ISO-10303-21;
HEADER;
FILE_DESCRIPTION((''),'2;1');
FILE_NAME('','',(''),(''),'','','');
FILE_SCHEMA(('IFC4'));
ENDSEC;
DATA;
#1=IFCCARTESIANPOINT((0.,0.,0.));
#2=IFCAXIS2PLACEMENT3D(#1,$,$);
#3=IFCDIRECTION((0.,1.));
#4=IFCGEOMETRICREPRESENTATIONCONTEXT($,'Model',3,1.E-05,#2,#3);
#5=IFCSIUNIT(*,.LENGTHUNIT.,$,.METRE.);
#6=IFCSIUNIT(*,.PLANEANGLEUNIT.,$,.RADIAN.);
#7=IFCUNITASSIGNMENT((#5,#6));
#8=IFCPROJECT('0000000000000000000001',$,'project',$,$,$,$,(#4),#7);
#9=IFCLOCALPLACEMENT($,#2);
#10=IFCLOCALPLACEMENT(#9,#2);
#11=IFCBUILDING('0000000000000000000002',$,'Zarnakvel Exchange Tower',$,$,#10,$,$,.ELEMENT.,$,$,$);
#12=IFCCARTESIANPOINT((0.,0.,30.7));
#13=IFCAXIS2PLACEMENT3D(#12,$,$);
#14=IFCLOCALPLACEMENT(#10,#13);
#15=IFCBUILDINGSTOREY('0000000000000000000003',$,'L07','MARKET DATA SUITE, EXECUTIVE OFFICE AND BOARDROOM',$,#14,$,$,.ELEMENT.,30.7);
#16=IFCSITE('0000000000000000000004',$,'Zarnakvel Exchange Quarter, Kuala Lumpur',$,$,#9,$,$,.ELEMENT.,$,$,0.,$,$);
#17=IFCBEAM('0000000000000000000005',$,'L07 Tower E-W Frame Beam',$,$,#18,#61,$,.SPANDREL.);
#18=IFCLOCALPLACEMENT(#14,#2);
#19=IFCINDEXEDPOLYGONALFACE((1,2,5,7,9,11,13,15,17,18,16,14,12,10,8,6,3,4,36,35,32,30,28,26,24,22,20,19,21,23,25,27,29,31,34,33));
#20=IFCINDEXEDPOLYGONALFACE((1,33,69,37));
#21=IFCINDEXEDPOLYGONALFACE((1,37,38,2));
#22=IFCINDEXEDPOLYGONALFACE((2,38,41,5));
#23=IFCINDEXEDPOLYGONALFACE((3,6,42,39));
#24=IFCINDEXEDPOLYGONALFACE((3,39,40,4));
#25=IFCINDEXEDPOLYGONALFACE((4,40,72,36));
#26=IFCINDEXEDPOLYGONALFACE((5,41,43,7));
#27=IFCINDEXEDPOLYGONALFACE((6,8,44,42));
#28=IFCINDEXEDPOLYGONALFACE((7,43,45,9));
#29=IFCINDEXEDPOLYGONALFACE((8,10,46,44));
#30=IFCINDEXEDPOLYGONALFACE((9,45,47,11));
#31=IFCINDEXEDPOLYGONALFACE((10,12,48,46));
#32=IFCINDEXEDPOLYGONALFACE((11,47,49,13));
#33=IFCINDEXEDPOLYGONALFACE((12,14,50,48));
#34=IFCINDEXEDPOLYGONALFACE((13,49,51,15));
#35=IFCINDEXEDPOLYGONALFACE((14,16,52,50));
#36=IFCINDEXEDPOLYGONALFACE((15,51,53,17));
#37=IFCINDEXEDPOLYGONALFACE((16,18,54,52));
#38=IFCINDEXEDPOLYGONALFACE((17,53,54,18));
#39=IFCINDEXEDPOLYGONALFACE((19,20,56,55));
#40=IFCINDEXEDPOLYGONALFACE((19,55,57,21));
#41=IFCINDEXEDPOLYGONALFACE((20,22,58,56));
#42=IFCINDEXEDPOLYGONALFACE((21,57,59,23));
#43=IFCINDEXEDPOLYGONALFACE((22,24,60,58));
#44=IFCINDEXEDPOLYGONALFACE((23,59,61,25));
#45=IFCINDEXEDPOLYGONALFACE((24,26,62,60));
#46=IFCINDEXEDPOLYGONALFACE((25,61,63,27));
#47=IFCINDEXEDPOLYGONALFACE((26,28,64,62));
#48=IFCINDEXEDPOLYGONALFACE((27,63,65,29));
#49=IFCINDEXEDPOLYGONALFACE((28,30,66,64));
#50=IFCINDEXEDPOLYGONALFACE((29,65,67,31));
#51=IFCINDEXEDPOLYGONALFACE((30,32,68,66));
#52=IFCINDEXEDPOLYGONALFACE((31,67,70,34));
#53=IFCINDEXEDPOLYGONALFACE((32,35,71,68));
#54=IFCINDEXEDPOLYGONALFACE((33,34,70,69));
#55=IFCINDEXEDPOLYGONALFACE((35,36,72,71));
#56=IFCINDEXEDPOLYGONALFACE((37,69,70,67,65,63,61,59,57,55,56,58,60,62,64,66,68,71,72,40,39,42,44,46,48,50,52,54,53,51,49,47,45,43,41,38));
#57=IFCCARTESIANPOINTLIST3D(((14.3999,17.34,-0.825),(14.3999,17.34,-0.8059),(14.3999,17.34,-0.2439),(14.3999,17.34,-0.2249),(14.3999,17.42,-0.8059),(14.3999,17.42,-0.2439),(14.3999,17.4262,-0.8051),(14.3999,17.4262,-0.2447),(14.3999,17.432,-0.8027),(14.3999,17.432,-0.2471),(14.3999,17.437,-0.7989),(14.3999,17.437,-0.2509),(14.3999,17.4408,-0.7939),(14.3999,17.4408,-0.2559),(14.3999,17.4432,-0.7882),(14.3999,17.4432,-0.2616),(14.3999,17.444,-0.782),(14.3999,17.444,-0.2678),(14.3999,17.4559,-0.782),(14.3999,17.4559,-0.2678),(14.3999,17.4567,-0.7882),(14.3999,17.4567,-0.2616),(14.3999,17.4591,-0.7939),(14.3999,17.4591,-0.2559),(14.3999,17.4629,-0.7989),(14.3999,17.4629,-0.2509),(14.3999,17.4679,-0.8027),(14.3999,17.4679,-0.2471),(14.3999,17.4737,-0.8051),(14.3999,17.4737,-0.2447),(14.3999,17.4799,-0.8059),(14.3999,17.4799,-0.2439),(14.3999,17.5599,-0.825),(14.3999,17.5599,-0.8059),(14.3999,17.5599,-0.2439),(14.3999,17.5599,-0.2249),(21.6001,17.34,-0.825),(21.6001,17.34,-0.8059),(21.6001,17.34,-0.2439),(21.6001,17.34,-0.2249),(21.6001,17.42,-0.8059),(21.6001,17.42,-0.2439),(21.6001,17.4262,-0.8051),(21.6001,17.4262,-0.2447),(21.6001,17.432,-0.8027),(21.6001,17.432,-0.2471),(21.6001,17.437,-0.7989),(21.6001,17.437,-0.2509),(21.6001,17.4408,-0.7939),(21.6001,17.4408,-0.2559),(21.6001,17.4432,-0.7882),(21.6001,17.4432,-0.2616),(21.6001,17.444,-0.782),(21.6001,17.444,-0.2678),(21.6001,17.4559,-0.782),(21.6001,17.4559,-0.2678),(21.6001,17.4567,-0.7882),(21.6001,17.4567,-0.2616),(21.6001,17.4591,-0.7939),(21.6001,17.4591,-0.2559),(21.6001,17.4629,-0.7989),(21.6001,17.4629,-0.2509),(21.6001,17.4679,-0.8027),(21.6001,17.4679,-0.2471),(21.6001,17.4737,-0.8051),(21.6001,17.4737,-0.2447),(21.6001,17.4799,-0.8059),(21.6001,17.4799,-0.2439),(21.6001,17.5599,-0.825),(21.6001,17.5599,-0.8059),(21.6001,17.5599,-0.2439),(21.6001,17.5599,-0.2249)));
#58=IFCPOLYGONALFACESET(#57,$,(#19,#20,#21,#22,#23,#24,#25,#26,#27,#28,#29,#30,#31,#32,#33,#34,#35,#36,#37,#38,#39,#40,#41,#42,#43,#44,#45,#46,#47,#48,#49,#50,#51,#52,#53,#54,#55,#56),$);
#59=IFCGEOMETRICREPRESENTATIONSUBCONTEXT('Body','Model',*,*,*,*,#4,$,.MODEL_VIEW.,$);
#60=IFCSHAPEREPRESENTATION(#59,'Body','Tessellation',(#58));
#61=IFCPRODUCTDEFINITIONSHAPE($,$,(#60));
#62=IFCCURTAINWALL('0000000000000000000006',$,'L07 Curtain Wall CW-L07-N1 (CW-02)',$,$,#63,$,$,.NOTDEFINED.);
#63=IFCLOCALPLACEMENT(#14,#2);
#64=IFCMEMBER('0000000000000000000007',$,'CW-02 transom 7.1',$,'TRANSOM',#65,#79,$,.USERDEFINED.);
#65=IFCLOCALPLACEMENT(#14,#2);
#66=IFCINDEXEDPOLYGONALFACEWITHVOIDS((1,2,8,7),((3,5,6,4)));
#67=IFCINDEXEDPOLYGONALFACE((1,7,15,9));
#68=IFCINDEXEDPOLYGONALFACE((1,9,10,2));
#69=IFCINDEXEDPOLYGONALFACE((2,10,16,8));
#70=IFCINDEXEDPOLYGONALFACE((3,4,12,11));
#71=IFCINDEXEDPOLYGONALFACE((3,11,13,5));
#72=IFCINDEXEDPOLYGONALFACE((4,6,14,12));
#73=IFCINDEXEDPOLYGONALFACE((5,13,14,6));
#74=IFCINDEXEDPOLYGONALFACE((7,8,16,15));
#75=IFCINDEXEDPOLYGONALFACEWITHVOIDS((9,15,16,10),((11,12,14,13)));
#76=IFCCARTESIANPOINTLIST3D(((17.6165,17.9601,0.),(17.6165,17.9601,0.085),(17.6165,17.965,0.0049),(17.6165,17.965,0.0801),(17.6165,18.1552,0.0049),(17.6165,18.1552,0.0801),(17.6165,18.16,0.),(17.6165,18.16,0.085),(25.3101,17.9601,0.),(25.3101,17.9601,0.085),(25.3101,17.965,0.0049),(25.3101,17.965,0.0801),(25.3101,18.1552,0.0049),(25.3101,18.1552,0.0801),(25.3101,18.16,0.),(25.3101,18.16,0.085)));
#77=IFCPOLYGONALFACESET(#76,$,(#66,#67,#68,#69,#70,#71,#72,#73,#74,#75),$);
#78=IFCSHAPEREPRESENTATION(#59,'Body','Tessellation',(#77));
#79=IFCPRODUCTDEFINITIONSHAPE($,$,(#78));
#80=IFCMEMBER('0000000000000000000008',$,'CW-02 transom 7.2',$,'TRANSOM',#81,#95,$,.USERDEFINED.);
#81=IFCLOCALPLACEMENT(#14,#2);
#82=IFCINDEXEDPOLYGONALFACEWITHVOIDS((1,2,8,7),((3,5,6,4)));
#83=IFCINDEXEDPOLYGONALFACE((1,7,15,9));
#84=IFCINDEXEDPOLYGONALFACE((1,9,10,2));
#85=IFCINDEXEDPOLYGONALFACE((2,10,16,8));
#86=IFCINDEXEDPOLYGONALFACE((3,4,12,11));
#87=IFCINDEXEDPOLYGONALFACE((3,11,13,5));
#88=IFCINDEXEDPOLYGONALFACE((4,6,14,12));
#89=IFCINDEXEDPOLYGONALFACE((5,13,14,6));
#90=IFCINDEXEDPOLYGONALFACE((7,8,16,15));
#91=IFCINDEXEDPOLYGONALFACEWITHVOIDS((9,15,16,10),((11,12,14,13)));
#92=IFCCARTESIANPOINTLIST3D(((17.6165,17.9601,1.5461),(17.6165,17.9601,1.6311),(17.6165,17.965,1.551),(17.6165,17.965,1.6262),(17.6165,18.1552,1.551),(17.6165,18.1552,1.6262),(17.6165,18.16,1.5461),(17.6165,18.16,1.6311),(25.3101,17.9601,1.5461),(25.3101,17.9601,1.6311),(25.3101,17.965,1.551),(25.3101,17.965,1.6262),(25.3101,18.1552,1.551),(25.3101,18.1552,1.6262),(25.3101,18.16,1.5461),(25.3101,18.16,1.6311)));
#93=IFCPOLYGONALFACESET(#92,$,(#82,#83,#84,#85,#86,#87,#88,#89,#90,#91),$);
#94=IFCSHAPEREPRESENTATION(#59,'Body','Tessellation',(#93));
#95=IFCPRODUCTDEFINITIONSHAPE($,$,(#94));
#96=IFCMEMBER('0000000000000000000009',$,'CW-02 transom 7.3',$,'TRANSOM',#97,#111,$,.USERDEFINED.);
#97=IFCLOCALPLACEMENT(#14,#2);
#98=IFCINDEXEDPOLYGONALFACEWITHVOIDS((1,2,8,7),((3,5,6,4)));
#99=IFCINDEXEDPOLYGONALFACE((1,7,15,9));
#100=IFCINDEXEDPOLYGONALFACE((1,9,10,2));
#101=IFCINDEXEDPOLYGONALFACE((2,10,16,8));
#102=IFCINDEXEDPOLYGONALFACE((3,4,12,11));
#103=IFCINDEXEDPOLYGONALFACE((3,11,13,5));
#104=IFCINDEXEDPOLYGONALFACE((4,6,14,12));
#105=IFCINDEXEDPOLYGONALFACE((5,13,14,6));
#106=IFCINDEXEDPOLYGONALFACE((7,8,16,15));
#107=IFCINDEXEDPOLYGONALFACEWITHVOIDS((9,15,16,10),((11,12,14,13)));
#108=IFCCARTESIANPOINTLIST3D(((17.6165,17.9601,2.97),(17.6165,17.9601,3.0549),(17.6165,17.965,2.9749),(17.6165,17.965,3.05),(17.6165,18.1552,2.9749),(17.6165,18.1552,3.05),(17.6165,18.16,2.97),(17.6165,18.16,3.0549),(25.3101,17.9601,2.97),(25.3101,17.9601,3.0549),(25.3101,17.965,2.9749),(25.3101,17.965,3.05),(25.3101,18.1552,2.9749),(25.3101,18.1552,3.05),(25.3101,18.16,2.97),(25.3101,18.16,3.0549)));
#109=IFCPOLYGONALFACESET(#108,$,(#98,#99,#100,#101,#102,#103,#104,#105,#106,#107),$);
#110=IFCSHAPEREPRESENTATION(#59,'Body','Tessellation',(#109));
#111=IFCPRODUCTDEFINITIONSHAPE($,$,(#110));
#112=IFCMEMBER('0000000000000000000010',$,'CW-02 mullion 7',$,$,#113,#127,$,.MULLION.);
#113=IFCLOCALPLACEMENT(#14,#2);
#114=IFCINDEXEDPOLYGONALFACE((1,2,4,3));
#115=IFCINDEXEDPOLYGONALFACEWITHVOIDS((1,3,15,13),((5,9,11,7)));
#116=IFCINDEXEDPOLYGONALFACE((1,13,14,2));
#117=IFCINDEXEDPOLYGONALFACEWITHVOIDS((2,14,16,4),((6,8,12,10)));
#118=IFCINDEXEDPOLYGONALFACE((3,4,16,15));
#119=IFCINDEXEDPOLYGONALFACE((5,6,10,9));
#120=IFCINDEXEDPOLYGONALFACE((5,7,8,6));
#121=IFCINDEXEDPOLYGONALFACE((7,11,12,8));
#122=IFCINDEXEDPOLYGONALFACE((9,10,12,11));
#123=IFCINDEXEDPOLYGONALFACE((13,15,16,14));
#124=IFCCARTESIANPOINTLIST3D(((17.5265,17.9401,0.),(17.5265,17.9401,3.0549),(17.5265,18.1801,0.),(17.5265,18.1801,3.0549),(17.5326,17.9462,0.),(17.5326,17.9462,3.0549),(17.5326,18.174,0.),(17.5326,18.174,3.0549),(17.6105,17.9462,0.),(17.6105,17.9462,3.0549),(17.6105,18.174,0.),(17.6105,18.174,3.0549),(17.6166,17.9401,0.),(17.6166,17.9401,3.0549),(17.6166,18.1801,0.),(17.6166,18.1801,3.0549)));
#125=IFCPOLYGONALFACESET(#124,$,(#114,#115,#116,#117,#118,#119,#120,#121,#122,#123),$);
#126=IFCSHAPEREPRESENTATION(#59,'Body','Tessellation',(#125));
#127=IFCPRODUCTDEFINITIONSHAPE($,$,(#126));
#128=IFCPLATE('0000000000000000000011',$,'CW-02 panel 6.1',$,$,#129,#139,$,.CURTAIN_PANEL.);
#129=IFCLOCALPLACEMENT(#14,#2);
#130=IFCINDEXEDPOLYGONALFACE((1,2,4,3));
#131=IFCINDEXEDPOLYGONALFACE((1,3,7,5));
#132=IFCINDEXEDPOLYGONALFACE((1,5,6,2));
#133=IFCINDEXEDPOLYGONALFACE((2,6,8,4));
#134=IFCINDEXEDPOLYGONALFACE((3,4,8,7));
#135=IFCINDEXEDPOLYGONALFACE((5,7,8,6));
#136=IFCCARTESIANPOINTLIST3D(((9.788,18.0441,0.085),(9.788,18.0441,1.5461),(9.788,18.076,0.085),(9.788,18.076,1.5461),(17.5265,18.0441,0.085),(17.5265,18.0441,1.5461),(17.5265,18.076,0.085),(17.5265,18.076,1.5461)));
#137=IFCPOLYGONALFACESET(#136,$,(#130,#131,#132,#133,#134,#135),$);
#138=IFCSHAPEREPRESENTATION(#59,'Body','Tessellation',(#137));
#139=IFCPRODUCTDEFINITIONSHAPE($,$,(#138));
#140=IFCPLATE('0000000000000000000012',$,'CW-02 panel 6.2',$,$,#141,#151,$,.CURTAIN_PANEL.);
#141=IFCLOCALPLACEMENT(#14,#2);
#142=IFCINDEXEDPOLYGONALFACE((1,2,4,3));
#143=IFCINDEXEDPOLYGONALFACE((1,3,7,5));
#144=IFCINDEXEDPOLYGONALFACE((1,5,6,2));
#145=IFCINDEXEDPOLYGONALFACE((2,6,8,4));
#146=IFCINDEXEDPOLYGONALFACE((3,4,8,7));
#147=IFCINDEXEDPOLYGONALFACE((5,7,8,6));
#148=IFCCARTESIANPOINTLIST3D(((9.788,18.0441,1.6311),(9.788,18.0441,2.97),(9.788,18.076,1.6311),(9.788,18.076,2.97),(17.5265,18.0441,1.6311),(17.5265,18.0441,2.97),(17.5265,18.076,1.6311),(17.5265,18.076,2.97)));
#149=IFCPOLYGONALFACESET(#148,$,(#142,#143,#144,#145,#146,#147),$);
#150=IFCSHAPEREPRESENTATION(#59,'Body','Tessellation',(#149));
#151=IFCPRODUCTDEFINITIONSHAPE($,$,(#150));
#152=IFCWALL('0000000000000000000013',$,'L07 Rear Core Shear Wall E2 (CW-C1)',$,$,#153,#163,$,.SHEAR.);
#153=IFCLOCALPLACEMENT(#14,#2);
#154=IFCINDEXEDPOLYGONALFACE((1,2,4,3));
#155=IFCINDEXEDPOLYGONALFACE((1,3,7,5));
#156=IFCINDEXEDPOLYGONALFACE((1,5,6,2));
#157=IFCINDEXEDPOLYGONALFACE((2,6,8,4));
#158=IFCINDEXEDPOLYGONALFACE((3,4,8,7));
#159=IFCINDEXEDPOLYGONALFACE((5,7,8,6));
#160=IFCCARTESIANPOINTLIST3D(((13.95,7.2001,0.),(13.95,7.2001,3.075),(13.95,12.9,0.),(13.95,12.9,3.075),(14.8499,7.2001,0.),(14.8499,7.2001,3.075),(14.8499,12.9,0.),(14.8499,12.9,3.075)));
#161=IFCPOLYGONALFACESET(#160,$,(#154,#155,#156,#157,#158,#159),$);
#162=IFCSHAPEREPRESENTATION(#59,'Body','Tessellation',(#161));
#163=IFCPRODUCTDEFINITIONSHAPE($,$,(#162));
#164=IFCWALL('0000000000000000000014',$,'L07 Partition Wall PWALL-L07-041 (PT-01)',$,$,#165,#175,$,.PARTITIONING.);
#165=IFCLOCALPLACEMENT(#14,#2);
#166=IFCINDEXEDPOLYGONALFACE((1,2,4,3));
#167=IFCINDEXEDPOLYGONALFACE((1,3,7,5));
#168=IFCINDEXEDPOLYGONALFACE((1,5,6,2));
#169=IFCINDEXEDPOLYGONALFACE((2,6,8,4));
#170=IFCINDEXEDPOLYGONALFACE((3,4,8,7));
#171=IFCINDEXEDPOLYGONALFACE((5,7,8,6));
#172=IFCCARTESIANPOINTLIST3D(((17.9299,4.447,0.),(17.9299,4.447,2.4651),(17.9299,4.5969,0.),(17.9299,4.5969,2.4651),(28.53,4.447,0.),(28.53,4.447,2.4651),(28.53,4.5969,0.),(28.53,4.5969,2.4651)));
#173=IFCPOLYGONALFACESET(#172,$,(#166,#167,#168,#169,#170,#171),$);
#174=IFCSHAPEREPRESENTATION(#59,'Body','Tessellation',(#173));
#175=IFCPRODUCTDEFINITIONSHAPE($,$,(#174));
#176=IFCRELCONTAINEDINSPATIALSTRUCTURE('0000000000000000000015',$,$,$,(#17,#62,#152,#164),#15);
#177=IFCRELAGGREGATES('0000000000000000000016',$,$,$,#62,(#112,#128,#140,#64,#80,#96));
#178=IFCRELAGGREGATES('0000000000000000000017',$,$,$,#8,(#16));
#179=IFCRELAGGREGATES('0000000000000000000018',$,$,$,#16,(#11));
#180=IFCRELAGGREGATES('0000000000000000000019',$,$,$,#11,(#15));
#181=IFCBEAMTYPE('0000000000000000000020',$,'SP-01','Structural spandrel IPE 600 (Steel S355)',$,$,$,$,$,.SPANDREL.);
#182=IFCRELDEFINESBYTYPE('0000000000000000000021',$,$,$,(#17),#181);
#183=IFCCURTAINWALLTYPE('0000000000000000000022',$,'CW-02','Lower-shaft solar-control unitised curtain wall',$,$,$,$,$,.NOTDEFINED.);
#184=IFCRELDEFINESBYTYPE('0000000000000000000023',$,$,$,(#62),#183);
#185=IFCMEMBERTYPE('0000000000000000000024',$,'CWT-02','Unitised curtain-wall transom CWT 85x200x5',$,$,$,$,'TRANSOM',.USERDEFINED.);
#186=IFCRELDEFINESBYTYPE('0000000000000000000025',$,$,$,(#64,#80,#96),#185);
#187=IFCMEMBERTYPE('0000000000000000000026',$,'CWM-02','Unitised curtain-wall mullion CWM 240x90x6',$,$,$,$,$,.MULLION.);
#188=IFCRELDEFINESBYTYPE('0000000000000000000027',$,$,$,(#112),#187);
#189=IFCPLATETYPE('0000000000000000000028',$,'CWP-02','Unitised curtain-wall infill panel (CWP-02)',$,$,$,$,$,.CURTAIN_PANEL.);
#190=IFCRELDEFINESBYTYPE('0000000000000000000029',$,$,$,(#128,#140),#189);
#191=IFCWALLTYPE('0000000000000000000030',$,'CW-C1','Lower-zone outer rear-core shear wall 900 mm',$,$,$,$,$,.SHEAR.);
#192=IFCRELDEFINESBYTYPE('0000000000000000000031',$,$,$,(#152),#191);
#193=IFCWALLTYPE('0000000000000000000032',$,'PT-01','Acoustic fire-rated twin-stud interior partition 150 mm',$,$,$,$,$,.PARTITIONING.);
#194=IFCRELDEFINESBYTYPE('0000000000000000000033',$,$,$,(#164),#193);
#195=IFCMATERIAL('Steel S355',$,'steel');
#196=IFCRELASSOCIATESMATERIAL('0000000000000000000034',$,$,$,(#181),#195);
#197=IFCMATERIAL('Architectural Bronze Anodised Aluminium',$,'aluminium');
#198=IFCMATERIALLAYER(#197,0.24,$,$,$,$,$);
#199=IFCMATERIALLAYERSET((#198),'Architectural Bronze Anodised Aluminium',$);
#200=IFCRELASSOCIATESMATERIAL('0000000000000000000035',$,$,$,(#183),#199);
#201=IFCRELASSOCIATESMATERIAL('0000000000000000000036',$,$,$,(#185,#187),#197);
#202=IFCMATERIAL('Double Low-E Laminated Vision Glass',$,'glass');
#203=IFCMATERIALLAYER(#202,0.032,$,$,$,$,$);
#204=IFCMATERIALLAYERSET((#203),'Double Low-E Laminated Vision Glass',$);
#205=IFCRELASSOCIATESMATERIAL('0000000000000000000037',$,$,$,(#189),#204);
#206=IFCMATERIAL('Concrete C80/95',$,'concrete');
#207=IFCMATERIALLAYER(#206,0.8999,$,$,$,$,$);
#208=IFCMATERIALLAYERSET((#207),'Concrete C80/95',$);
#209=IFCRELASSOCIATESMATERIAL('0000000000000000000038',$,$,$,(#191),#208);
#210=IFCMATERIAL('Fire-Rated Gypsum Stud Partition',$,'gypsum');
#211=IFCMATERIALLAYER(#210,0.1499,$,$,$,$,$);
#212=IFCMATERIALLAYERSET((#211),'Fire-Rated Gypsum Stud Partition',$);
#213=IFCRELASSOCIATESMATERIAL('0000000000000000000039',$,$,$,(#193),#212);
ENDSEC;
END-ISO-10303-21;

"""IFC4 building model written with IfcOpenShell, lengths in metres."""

from ifc_helpers import new_model, si_unit, direction, frame, frame_2d, origin, origin_2d, place, context, subcontext, project, spatial, rectangle, hollow_rectangle, i_section, extrude, source, transform, mapped, material, layer, layer_set, material_profile, profile_set, type_object, element, aggregate, save


model = new_model("IFC4")

# Units and contexts
model_context = context("Model", 3, precision=1e-05, world=origin(), true_north=direction((0.0, 1.0)))
body_context = subcontext(model_context, "Body", "Model", "MODEL_VIEW")
ifc_project = project(units=[si_unit("LENGTHUNIT", "METRE"), si_unit("PLANEANGLEUNIT", "RADIAN")], contexts=[model_context])

# Site, building, storey
site_placement = place(None, origin())
site = spatial("IfcSite", under=ifc_project, at=site_placement, Name="Zarnakvel Exchange Quarter, Kuala Lumpur", CompositionType="ELEMENT", RefElevation=0.0)
building_placement = place(site_placement, origin())
building = spatial("IfcBuilding", under=site, at=building_placement, Name="Zarnakvel Exchange Tower", CompositionType="ELEMENT")
storey_placement = place(building_placement, frame((0.0, 0.0, 30.7)))
storey = spatial("IfcBuildingStorey", under=building, at=storey_placement, Name="L07", Description="MARKET DATA SUITE, EXECUTIVE OFFICE AND BOARDROOM", CompositionType="ELEMENT", Elevation=30.7)

# Shared definitions
ifc_material_1 = material(Name="Concrete C80/95", Category="concrete")

# Beam
ifc_material_2 = material(Name="Steel S355", Category="steel")
ifc_material_profile_1 = material_profile(ifc_material_2, i_section(OverallWidth=0.22, OverallDepth=0.6001, WebThickness=0.012, FlangeThickness=0.019, FilletRadius=0.0239, at=origin_2d()))
ifc_profile_set_1 = profile_set([ifc_material_profile_1], Name="Steel S355")
beam_type_1 = type_object("IfcBeamType", Name="SP-01", Description="Structural spandrel IPE 600 (Steel S355)", PredefinedType="SPANDREL", material=ifc_profile_set_1)
beam_1_placement = place(storey_placement, frame((14.3999, 17.45, -0.5249), z_axis=(1.0, 0.0, 0.0), x_axis=(0.0, 1.0, 0.0)))
element("IfcBeam", 1, at=beam_1_placement, inside=storey, type_object=beam_type_1, Name="L07 Tower E-W Frame Beam", PredefinedType="SPANDREL", context=body_context, shape_type="SweptSolid", body=[
    extrude(i_section(OverallWidth=0.22, OverallDepth=0.6001, WebThickness=0.012, FlangeThickness=0.019, FilletRadius=0.0239, at=origin_2d()), origin(), (0.0, 0.0, 1.0), 7.2002),
])

# Curtain wall, members, plates
ifc_material_3 = material(Name="Architectural Bronze Anodised Aluminium", Category="aluminium")
ifc_layer_1 = layer(ifc_material_3, 0.24)
ifc_layer_set_1 = layer_set([ifc_layer_1], Name="Architectural Bronze Anodised Aluminium")
curtain_wall_type = type_object("IfcCurtainWallType", Name="CW-02", Description="Lower-shaft solar-control unitised curtain wall", PredefinedType="NOTDEFINED", material=ifc_layer_set_1)
curtain_wall_placement = place(storey_placement, origin())
curtain_wall = element("IfcCurtainWall", 2, at=curtain_wall_placement, inside=storey, type_object=curtain_wall_type, Name="L07 Curtain Wall CW-L07-N1 (CW-02)", PredefinedType="NOTDEFINED")
ifc_material_profile_2 = material_profile(ifc_material_3, hollow_rectangle(XDim=0.2, YDim=0.085, WallThickness=0.0049, at=origin_2d()))
ifc_profile_set_2 = profile_set([ifc_material_profile_2], Name="Architectural Bronze Anodised Aluminium")
member_type_1 = type_object("IfcMemberType", Name="CWT-02", Description="Unitised curtain-wall transom CWT 85x200x5", ElementType="TRANSOM", PredefinedType="USERDEFINED", material=ifc_profile_set_2)
shared_shape_1 = source(origin(), body_context, "Body", "SweptSolid", [
    extrude(hollow_rectangle(XDim=0.2, YDim=0.085, WallThickness=0.0049, at=origin_2d()), origin(), (0.0, 0.0, 1.0), 7.6936),
])
member_1_placement = place(storey_placement, frame((17.6165, 18.0601, 0.0425), z_axis=(1.0, 0.0, 0.0), x_axis=(0.0, 1.0, 0.0)))
member_1 = element("IfcMember", 3, at=member_1_placement, type_object=member_type_1, Name="CW-02 transom 7.1", ObjectType="TRANSOM", PredefinedType="USERDEFINED", context=body_context, shape_type="MappedRepresentation", body=[
    mapped(shared_shape_1, transform((0.0, 0.0, 0.0), x_axis=(1.0, 0.0, 0.0), y_axis=(0.0, 1.0, 0.0), z_axis=(0.0, 0.0, 1.0), scale=1.0)),
])
member_2_placement = place(storey_placement, frame((17.6165, 18.0601, 1.5886), z_axis=(1.0, 0.0, 0.0), x_axis=(0.0, 1.0, 0.0)))
member_2 = element("IfcMember", 4, at=member_2_placement, type_object=member_type_1, Name="CW-02 transom 7.2", ObjectType="TRANSOM", PredefinedType="USERDEFINED", context=body_context, shape_type="MappedRepresentation", body=[
    mapped(shared_shape_1, transform((0.0, 0.0, 0.0), x_axis=(1.0, 0.0, 0.0), y_axis=(0.0, 1.0, 0.0), z_axis=(0.0, 0.0, 1.0), scale=1.0)),
])
member_3_placement = place(storey_placement, frame((17.6165, 18.0601, 3.0125), z_axis=(1.0, 0.0, 0.0), x_axis=(0.0, 1.0, 0.0)))
member_3 = element("IfcMember", 5, at=member_3_placement, type_object=member_type_1, Name="CW-02 transom 7.3", ObjectType="TRANSOM", PredefinedType="USERDEFINED", context=body_context, shape_type="MappedRepresentation", body=[
    mapped(shared_shape_1, transform((0.0, 0.0, 0.0), x_axis=(1.0, 0.0, 0.0), y_axis=(0.0, 1.0, 0.0), z_axis=(0.0, 0.0, 1.0), scale=1.0)),
])
ifc_material_profile_3 = material_profile(ifc_material_3, hollow_rectangle(XDim=0.24, YDim=0.0901, WallThickness=0.0061, at=origin_2d()))
ifc_profile_set_3 = profile_set([ifc_material_profile_3], Name="Architectural Bronze Anodised Aluminium")
member_type_2 = type_object("IfcMemberType", Name="CWM-02", Description="Unitised curtain-wall mullion CWM 240x90x6", PredefinedType="MULLION", material=ifc_profile_set_3)
shared_shape_2 = source(origin(), body_context, "Body", "SweptSolid", [
    extrude(hollow_rectangle(XDim=0.24, YDim=0.0901, WallThickness=0.0061, at=origin_2d()), origin(), (0.0, 0.0, 1.0), 3.0549),
])
member_4_placement = place(storey_placement, frame((17.5715, 18.0601, 0.0), z_axis=(0.0, 0.0, 1.0), x_axis=(0.0, 1.0, 0.0)))
member_4 = element("IfcMember", 6, at=member_4_placement, type_object=member_type_2, Name="CW-02 mullion 7", PredefinedType="MULLION", context=body_context, shape_type="MappedRepresentation", body=[
    mapped(shared_shape_2, transform((0.0, 0.0, 0.0), x_axis=(1.0, 0.0, 0.0), y_axis=(0.0, 1.0, 0.0), z_axis=(0.0, 0.0, 1.0), scale=1.0)),
])
ifc_material_4 = material(Name="Double Low-E Laminated Vision Glass", Category="glass")
ifc_layer_2 = layer(ifc_material_4, 0.032)
ifc_layer_set_2 = layer_set([ifc_layer_2], Name="Double Low-E Laminated Vision Glass")
plate_type = type_object("IfcPlateType", Name="CWP-02", Description="Unitised curtain-wall infill panel (CWP-02)", PredefinedType="CURTAIN_PANEL", material=ifc_layer_set_2)
shared_shape_3 = source(origin(), body_context, "Body", "SweptSolid", [
    extrude(rectangle(XDim=7.7385, YDim=0.032, at=origin_2d()), origin(), (0.0, 0.0, 1.0), 1.4612),
])
plate_1_placement = place(storey_placement, frame((13.6572, 18.0601, 0.085), z_axis=(0.0, 0.0, 1.0), x_axis=(1.0, 0.0, 0.0)))
plate_1 = element("IfcPlate", 7, at=plate_1_placement, type_object=plate_type, Name="CW-02 panel 6.1", PredefinedType="CURTAIN_PANEL", context=body_context, shape_type="MappedRepresentation", body=[
    mapped(shared_shape_3, transform((0.0, 0.0, 0.0), x_axis=(1.0, 0.0, 0.0), y_axis=(0.0, 1.0, 0.0), z_axis=(0.0, 0.0, 1.0), scale=1.0)),
])
shared_shape_4 = source(origin(), body_context, "Body", "SweptSolid", [
    extrude(rectangle(XDim=7.7385, YDim=0.032, at=origin_2d()), origin(), (0.0, 0.0, 1.0), 1.3389),
])
plate_2_placement = place(storey_placement, frame((13.6572, 18.0601, 1.6311), z_axis=(0.0, 0.0, 1.0), x_axis=(1.0, 0.0, 0.0)))
plate_2 = element("IfcPlate", 8, at=plate_2_placement, type_object=plate_type, Name="CW-02 panel 6.2", PredefinedType="CURTAIN_PANEL", context=body_context, shape_type="MappedRepresentation", body=[
    mapped(shared_shape_4, transform((0.0, 0.0, 0.0), x_axis=(1.0, 0.0, 0.0), y_axis=(0.0, 1.0, 0.0), z_axis=(0.0, 0.0, 1.0), scale=1.0)),
])
aggregate(curtain_wall, [member_4, plate_1, plate_2, member_1, member_2, member_3])

# Walls
ifc_layer_3 = layer(ifc_material_1, 0.8999)
ifc_layer_set_3 = layer_set([ifc_layer_3], Name="Concrete C80/95")
wall_type_1 = type_object("IfcWallType", Name="CW-C1", Description="Lower-zone outer rear-core shear wall 900 mm", PredefinedType="SHEAR", material=ifc_layer_set_3)
wall_1_placement = place(storey_placement, frame((14.3999, 7.2, 0.0), z_axis=(0.0, 0.0, 1.0), x_axis=(0.0, 1.0, 0.0)))
element("IfcWall", 9, at=wall_1_placement, inside=storey, type_object=wall_type_1, Name="L07 Rear Core Shear Wall E2 (CW-C1)", PredefinedType="SHEAR", context=body_context, shape_type="SweptSolid", body=[
    extrude(rectangle(XDim=5.7, YDim=0.8999, at=frame_2d((2.8501, 0.0))), origin(), (0.0, 0.0, 1.0), 3.075),
])
ifc_material_5 = material(Name="Fire-Rated Gypsum Stud Partition", Category="gypsum")
ifc_layer_4 = layer(ifc_material_5, 0.1499)
ifc_layer_set_4 = layer_set([ifc_layer_4], Name="Fire-Rated Gypsum Stud Partition")
wall_type_2 = type_object("IfcWallType", Name="PT-01", Description="Acoustic fire-rated twin-stud interior partition 150 mm", PredefinedType="PARTITIONING", material=ifc_layer_set_4)
wall_2_placement = place(storey_placement, frame((17.9299, 4.522, 0.0), z_axis=(0.0, 0.0, 1.0), x_axis=(1.0, 0.0, 0.0)))
element("IfcWall", 10, at=wall_2_placement, inside=storey, type_object=wall_type_2, Name="L07 Partition Wall PWALL-L07-041 (PT-01)", PredefinedType="PARTITIONING", context=body_context, shape_type="SweptSolid", body=[
    extrude(rectangle(XDim=10.6001, YDim=0.1499, at=frame_2d((5.3, 0.0))), origin(), (0.0, 0.0, 1.0), 2.4651),
])

save(model, "model.ifc")
